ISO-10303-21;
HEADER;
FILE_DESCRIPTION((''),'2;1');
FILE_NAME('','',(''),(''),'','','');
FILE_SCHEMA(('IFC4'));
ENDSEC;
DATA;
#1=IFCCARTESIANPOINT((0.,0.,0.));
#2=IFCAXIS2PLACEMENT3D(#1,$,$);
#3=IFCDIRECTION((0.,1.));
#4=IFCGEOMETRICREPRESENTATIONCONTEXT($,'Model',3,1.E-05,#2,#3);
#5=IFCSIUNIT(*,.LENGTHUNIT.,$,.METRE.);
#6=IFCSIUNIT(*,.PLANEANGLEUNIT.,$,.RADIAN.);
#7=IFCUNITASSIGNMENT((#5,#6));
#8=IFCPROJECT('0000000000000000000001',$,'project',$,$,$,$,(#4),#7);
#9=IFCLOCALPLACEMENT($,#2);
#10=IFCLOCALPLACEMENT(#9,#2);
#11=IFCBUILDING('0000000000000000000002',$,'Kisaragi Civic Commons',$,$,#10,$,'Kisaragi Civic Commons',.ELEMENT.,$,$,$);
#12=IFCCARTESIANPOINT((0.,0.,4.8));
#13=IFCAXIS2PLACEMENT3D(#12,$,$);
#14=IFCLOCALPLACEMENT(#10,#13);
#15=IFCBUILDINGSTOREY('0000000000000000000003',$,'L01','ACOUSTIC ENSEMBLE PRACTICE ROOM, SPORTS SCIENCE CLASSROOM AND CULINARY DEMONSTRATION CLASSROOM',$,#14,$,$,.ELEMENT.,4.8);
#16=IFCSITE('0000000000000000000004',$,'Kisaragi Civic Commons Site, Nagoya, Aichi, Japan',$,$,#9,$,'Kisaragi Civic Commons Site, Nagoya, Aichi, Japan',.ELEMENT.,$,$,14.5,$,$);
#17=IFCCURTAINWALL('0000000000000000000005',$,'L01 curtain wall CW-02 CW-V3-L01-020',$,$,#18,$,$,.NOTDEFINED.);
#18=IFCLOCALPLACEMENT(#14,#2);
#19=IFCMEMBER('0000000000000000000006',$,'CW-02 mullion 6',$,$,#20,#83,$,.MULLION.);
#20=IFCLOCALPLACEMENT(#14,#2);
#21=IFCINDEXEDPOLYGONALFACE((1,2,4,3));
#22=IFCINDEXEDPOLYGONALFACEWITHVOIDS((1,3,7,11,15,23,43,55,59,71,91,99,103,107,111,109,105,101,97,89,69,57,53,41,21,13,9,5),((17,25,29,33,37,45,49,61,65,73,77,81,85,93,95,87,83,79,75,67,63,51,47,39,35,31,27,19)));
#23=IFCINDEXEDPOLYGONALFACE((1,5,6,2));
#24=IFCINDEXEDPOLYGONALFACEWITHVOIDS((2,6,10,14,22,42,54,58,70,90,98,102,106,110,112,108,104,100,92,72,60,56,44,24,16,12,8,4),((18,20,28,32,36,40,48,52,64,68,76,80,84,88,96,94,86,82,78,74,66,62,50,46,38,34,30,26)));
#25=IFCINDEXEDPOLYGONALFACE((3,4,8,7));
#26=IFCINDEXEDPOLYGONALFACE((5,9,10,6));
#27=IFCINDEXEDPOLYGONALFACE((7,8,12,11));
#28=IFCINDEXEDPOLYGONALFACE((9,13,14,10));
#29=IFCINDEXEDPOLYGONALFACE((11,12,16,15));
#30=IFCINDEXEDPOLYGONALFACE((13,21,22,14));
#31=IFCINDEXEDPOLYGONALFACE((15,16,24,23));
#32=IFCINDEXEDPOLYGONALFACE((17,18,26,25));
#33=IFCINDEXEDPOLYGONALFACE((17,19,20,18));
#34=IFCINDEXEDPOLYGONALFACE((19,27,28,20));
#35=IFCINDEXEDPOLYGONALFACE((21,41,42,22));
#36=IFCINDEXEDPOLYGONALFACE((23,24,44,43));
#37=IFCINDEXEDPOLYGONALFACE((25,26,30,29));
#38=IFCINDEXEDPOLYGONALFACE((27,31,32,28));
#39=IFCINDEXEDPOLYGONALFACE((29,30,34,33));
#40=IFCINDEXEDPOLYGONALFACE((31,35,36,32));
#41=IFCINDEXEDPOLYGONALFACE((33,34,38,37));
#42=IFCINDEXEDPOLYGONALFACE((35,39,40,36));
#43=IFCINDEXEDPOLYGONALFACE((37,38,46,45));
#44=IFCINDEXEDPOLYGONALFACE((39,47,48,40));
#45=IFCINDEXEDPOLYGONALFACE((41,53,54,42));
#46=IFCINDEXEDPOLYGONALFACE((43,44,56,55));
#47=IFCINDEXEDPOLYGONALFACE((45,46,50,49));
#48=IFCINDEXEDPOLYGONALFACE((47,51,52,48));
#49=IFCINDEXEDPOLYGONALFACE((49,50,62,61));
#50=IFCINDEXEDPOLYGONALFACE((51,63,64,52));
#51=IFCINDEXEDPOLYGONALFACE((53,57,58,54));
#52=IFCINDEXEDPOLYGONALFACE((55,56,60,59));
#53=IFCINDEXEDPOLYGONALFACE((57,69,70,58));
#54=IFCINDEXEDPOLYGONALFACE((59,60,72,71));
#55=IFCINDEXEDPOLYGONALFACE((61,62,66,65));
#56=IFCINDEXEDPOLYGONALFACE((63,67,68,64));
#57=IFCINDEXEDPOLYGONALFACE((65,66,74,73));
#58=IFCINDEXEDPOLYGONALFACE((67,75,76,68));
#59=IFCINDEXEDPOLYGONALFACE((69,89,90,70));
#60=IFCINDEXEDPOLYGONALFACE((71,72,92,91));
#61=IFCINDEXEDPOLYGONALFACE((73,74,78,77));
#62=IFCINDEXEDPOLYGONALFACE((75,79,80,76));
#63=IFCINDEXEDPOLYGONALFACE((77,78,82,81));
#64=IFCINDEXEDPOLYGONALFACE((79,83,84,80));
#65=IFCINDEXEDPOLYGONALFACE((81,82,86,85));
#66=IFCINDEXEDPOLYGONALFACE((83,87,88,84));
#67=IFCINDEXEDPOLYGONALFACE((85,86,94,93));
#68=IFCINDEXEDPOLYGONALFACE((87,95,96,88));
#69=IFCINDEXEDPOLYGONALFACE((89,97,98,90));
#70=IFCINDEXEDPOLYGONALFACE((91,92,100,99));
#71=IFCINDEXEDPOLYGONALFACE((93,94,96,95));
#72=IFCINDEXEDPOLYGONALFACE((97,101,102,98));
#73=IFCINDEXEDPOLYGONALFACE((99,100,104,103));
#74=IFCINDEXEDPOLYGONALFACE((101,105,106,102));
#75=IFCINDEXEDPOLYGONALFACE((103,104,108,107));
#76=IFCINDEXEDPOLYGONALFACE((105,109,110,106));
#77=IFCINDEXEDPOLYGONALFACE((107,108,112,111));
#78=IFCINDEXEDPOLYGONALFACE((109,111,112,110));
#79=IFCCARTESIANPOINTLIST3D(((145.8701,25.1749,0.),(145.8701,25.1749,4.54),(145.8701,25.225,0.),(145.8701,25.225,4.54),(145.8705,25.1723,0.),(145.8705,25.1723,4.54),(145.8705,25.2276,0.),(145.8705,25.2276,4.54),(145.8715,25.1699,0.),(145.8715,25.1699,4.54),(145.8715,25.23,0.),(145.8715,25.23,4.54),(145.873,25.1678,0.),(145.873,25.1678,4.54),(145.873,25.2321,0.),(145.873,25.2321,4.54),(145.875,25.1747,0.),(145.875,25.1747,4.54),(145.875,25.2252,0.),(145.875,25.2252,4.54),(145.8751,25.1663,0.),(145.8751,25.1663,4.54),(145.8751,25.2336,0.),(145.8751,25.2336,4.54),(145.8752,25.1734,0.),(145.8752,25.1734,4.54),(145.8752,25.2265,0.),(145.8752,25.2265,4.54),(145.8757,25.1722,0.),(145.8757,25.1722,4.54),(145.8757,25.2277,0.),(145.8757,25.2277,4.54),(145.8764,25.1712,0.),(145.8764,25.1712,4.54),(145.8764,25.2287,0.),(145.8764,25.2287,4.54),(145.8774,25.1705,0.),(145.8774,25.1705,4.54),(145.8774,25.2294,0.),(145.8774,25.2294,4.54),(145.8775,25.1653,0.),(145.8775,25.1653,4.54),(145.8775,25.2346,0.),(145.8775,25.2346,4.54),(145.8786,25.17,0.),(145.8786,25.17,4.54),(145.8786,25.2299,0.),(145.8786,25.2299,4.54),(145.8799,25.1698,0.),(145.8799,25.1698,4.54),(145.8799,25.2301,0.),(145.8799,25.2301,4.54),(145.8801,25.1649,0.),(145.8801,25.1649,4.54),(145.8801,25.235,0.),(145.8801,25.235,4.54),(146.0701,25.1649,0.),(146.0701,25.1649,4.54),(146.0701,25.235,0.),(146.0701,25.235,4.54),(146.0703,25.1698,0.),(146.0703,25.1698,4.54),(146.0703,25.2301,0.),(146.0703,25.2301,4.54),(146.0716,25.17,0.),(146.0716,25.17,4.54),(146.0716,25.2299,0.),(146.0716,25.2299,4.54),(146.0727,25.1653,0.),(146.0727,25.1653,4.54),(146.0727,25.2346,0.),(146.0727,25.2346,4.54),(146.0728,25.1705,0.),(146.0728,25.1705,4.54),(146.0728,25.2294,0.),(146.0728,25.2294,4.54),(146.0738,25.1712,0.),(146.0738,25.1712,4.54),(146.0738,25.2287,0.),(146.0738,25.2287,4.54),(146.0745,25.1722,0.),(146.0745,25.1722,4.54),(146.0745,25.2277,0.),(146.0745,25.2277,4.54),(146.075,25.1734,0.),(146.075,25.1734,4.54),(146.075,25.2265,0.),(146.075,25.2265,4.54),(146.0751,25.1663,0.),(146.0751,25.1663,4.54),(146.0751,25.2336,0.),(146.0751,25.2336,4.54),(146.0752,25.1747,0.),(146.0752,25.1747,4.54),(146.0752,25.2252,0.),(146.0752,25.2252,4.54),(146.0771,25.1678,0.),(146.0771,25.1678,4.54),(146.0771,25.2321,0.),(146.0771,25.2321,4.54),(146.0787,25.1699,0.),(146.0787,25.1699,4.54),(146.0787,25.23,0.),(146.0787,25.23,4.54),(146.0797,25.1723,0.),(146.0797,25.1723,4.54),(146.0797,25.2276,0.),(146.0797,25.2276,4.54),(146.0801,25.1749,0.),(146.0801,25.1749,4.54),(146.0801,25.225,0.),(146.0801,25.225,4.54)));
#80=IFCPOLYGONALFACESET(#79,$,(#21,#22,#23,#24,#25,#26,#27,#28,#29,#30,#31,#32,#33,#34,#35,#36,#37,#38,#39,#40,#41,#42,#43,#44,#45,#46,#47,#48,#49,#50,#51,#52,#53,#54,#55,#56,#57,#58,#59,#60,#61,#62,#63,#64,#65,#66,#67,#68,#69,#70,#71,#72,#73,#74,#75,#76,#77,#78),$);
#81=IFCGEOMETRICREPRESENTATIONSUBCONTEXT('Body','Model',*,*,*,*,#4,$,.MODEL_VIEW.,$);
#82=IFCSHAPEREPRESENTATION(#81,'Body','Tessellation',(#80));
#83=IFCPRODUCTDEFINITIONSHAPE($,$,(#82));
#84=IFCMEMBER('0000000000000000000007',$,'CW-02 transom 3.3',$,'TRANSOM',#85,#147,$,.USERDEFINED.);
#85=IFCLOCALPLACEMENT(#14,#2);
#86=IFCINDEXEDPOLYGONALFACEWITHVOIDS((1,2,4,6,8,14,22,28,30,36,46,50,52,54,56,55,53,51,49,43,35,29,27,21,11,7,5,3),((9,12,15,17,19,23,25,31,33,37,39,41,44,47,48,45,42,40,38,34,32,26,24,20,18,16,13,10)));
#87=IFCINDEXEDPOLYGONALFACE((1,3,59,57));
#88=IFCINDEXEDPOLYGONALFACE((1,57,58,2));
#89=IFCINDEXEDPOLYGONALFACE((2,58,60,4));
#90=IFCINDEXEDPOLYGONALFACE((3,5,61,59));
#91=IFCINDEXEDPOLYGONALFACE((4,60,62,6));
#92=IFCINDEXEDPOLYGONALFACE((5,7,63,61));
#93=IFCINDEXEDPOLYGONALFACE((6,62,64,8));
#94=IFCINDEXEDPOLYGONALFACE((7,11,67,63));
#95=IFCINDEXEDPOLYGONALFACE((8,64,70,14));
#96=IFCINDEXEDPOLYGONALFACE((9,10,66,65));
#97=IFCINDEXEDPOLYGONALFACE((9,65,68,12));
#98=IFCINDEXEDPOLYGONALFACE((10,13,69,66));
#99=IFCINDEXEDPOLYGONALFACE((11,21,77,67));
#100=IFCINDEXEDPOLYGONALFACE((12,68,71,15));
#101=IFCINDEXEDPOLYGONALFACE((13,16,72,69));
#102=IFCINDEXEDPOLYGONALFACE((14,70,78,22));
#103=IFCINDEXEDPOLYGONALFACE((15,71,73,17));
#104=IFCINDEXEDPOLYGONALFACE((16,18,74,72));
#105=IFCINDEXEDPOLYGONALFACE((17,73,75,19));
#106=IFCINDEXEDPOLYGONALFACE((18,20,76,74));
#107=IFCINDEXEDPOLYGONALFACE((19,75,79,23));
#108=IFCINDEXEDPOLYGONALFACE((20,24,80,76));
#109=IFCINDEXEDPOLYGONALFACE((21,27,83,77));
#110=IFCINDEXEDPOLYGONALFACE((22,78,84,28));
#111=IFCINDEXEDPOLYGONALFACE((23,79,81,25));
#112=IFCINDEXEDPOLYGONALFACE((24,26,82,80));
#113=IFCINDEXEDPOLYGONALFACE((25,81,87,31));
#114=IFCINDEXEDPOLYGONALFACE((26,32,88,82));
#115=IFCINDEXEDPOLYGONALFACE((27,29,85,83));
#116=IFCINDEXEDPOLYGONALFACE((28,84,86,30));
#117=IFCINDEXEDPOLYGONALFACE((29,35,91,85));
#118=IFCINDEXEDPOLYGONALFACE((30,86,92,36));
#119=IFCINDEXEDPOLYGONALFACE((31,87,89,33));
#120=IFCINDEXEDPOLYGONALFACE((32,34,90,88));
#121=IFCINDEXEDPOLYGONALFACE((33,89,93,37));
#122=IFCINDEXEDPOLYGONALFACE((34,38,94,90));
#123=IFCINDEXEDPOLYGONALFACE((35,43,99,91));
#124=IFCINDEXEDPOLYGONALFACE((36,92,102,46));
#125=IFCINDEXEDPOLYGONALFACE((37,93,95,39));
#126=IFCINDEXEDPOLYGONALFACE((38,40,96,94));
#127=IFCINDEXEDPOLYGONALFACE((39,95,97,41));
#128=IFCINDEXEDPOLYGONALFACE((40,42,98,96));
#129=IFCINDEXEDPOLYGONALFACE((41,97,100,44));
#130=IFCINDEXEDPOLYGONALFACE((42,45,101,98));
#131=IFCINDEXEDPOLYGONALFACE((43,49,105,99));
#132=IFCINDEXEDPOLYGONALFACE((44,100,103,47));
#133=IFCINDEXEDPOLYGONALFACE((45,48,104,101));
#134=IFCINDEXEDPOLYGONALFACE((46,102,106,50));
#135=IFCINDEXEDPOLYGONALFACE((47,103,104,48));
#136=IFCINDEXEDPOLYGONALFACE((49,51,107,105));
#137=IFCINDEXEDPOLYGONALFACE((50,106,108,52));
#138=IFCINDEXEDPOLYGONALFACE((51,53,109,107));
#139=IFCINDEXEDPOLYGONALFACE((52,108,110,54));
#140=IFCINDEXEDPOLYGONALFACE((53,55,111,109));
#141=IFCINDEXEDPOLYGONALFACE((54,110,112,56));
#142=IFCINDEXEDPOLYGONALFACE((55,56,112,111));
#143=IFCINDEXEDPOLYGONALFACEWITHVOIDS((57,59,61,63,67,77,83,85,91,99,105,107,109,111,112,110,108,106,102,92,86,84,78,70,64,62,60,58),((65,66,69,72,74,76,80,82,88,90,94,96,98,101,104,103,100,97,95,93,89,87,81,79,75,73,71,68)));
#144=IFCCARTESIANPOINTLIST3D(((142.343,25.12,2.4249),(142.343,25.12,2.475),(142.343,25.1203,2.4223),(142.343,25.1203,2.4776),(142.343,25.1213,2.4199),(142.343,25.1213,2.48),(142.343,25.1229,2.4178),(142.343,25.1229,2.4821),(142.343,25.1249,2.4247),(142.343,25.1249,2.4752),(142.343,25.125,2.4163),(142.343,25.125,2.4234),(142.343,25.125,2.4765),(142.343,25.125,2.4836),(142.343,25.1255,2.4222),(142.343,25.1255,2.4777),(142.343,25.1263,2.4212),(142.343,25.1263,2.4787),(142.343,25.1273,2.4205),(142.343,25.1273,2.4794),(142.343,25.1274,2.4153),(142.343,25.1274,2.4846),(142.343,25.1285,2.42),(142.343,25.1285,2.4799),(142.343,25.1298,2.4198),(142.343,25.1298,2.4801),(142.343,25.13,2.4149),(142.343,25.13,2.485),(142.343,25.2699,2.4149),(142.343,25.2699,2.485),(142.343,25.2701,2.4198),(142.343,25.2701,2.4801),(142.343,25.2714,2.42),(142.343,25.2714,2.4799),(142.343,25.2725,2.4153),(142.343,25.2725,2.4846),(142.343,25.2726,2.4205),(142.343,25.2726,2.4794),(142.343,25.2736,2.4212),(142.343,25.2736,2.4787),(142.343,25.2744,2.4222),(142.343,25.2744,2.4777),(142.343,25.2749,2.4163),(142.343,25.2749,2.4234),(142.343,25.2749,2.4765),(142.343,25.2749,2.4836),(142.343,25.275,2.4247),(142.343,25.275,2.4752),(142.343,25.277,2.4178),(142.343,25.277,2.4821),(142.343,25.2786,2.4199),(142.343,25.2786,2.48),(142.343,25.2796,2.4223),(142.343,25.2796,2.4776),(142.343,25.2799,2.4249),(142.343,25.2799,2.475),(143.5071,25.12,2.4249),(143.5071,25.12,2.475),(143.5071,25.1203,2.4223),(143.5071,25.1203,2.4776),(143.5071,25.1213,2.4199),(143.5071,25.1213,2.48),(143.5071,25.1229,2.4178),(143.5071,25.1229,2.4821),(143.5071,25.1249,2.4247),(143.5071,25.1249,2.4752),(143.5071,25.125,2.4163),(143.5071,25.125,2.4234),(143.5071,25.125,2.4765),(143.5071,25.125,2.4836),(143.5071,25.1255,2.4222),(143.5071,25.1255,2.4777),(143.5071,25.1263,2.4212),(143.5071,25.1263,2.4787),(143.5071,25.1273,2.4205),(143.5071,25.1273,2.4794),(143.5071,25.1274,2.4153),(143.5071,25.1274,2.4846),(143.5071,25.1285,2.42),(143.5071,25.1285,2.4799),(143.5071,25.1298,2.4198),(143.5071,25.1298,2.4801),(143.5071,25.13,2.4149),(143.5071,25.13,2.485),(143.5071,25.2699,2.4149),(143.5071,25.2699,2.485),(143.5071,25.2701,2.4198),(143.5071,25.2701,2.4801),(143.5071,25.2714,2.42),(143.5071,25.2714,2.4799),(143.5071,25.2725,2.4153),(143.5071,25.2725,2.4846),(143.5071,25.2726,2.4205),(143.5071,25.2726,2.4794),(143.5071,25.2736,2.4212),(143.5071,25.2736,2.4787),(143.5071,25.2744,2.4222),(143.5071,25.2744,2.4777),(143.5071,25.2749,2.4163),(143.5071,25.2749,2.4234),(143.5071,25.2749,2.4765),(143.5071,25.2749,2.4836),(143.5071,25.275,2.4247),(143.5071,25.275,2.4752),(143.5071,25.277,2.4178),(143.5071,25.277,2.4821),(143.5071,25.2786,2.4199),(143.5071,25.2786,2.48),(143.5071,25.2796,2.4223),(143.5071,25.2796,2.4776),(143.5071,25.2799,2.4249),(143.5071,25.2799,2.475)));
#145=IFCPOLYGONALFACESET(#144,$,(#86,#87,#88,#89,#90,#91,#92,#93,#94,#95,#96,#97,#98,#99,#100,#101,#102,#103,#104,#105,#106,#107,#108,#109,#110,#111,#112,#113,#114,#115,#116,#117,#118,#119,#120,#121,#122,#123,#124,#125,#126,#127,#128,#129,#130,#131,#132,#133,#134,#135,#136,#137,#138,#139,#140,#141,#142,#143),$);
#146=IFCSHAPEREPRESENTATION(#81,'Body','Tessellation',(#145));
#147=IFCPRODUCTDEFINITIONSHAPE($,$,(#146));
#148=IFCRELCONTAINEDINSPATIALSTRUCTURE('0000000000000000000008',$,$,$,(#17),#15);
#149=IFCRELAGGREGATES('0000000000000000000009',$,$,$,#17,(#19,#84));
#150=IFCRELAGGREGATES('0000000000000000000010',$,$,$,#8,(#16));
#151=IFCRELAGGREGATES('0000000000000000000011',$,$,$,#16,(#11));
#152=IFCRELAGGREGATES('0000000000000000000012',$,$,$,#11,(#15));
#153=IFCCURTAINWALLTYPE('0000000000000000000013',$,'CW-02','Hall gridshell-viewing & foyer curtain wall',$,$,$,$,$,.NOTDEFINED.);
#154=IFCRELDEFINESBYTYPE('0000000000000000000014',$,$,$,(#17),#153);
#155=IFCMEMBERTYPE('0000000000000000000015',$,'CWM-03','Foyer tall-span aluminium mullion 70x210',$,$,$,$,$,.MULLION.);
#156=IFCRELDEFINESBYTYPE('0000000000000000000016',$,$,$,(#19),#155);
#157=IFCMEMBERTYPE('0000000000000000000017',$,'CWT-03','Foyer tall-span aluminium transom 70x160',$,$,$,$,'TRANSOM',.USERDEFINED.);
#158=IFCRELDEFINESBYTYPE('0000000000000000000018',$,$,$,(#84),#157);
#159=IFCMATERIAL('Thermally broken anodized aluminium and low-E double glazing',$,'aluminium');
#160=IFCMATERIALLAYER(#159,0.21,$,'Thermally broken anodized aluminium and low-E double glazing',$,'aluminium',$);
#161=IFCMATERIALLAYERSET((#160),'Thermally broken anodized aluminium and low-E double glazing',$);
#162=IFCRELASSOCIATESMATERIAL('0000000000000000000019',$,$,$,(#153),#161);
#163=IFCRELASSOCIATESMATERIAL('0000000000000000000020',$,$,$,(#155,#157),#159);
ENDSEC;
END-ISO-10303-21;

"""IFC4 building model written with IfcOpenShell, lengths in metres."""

from ifc_helpers import new_model, si_unit, direction, frame, origin, origin_2d, place, context, subcontext, project, spatial, hollow_rectangle, extrude, material, layer, layer_set, material_profile, profile_set, type_object, element, aggregate, save


model = new_model("IFC4")

# Units and contexts
model_context = context("Model", 3, precision=1e-05, world=origin(), true_north=direction((0.0, 1.0)))
body_context = subcontext(model_context, "Body", "Model", "MODEL_VIEW")
ifc_project = project(units=[si_unit("LENGTHUNIT", "METRE"), si_unit("PLANEANGLEUNIT", "RADIAN")], contexts=[model_context])

# Site, building, storey
site_placement = place(None, origin())
site = spatial("IfcSite", under=ifc_project, at=site_placement, Name="Kisaragi Civic Commons Site, Nagoya, Aichi, Japan", LongName="Kisaragi Civic Commons Site, Nagoya, Aichi, Japan", CompositionType="ELEMENT", RefElevation=14.5)
building_placement = place(site_placement, origin())
building = spatial("IfcBuilding", under=site, at=building_placement, Name="Kisaragi Civic Commons", LongName="Kisaragi Civic Commons", CompositionType="ELEMENT")
storey_placement = place(building_placement, frame((0.0, 0.0, 4.8)))
storey = spatial("IfcBuildingStorey", under=building, at=storey_placement, Name="L01", Description="ACOUSTIC ENSEMBLE PRACTICE ROOM, SPORTS SCIENCE CLASSROOM AND CULINARY DEMONSTRATION CLASSROOM", CompositionType="ELEMENT", Elevation=4.8)

# Curtain wall, members
ifc_material = material(Name="Thermally broken anodized aluminium and low-E double glazing", Category="aluminium")
ifc_layer_1 = layer(ifc_material, 0.21, Name="Thermally broken anodized aluminium and low-E double glazing", Category="aluminium")
ifc_layer_set_1 = layer_set([ifc_layer_1], Name="Thermally broken anodized aluminium and low-E double glazing")
curtain_wall_type = type_object("IfcCurtainWallType", Name="CW-02", Description="Hall gridshell-viewing & foyer curtain wall", PredefinedType="NOTDEFINED", material=ifc_layer_set_1)
curtain_wall_placement = place(storey_placement, origin())
curtain_wall = element("IfcCurtainWall", 1, at=curtain_wall_placement, inside=storey, type_object=curtain_wall_type, Name="L01 curtain wall CW-02 CW-V3-L01-020", PredefinedType="NOTDEFINED")
ifc_material_profile_1 = material_profile(ifc_material, hollow_rectangle(XDim=0.0701, YDim=0.21, WallThickness=0.0049, InnerFilletRadius=0.0049, OuterFilletRadius=0.01, at=origin_2d()), Name="CWM-70x210x5", Category="aluminium")
ifc_profile_set_1 = profile_set([ifc_material_profile_1], Name="Thermally broken anodized aluminium and low-E double glazing")
member_type_1 = type_object("IfcMemberType", Name="CWM-03", Description="Foyer tall-span aluminium mullion 70x210", PredefinedType="MULLION", material=ifc_profile_set_1)
member_1_placement = place(storey_placement, frame((145.9751, 25.2, 0.0), z_axis=(0.0, 0.0, 1.0), x_axis=(0.0, 1.0, 0.0)))
member_1 = element("IfcMember", 2, at=member_1_placement, type_object=member_type_1, Name="CW-02 mullion 6", PredefinedType="MULLION", context=body_context, shape_type="SweptSolid", body=[
    extrude(hollow_rectangle(XDim=0.0701, YDim=0.21, WallThickness=0.0049, InnerFilletRadius=0.0049, OuterFilletRadius=0.01, at=origin_2d()), origin(), (0.0, 0.0, 1.0), 4.54),
])
ifc_material_profile_2 = material_profile(ifc_material, hollow_rectangle(XDim=0.1599, YDim=0.0701, WallThickness=0.0049, InnerFilletRadius=0.0049, OuterFilletRadius=0.01, at=origin_2d()), Name="CWT-70x160x5", Category="aluminium")
ifc_profile_set_2 = profile_set([ifc_material_profile_2], Name="Thermally broken anodized aluminium and low-E double glazing")
member_type_2 = type_object("IfcMemberType", Name="CWT-03", Description="Foyer tall-span aluminium transom 70x160", ElementType="TRANSOM", PredefinedType="USERDEFINED", material=ifc_profile_set_2)
member_2_placement = place(storey_placement, frame((142.343, 25.2, 2.45), z_axis=(1.0, 0.0, 0.0), x_axis=(0.0, 1.0, 0.0)))
member_2 = element("IfcMember", 3, at=member_2_placement, type_object=member_type_2, Name="CW-02 transom 3.3", ObjectType="TRANSOM", PredefinedType="USERDEFINED", context=body_context, shape_type="SweptSolid", body=[
    extrude(hollow_rectangle(XDim=0.1599, YDim=0.0701, WallThickness=0.0049, InnerFilletRadius=0.0049, OuterFilletRadius=0.01, at=origin_2d()), origin(), (0.0, 0.0, 1.0), 1.1641),
])
aggregate(curtain_wall, [member_1, member_2])

save(model, "model.ifc")
